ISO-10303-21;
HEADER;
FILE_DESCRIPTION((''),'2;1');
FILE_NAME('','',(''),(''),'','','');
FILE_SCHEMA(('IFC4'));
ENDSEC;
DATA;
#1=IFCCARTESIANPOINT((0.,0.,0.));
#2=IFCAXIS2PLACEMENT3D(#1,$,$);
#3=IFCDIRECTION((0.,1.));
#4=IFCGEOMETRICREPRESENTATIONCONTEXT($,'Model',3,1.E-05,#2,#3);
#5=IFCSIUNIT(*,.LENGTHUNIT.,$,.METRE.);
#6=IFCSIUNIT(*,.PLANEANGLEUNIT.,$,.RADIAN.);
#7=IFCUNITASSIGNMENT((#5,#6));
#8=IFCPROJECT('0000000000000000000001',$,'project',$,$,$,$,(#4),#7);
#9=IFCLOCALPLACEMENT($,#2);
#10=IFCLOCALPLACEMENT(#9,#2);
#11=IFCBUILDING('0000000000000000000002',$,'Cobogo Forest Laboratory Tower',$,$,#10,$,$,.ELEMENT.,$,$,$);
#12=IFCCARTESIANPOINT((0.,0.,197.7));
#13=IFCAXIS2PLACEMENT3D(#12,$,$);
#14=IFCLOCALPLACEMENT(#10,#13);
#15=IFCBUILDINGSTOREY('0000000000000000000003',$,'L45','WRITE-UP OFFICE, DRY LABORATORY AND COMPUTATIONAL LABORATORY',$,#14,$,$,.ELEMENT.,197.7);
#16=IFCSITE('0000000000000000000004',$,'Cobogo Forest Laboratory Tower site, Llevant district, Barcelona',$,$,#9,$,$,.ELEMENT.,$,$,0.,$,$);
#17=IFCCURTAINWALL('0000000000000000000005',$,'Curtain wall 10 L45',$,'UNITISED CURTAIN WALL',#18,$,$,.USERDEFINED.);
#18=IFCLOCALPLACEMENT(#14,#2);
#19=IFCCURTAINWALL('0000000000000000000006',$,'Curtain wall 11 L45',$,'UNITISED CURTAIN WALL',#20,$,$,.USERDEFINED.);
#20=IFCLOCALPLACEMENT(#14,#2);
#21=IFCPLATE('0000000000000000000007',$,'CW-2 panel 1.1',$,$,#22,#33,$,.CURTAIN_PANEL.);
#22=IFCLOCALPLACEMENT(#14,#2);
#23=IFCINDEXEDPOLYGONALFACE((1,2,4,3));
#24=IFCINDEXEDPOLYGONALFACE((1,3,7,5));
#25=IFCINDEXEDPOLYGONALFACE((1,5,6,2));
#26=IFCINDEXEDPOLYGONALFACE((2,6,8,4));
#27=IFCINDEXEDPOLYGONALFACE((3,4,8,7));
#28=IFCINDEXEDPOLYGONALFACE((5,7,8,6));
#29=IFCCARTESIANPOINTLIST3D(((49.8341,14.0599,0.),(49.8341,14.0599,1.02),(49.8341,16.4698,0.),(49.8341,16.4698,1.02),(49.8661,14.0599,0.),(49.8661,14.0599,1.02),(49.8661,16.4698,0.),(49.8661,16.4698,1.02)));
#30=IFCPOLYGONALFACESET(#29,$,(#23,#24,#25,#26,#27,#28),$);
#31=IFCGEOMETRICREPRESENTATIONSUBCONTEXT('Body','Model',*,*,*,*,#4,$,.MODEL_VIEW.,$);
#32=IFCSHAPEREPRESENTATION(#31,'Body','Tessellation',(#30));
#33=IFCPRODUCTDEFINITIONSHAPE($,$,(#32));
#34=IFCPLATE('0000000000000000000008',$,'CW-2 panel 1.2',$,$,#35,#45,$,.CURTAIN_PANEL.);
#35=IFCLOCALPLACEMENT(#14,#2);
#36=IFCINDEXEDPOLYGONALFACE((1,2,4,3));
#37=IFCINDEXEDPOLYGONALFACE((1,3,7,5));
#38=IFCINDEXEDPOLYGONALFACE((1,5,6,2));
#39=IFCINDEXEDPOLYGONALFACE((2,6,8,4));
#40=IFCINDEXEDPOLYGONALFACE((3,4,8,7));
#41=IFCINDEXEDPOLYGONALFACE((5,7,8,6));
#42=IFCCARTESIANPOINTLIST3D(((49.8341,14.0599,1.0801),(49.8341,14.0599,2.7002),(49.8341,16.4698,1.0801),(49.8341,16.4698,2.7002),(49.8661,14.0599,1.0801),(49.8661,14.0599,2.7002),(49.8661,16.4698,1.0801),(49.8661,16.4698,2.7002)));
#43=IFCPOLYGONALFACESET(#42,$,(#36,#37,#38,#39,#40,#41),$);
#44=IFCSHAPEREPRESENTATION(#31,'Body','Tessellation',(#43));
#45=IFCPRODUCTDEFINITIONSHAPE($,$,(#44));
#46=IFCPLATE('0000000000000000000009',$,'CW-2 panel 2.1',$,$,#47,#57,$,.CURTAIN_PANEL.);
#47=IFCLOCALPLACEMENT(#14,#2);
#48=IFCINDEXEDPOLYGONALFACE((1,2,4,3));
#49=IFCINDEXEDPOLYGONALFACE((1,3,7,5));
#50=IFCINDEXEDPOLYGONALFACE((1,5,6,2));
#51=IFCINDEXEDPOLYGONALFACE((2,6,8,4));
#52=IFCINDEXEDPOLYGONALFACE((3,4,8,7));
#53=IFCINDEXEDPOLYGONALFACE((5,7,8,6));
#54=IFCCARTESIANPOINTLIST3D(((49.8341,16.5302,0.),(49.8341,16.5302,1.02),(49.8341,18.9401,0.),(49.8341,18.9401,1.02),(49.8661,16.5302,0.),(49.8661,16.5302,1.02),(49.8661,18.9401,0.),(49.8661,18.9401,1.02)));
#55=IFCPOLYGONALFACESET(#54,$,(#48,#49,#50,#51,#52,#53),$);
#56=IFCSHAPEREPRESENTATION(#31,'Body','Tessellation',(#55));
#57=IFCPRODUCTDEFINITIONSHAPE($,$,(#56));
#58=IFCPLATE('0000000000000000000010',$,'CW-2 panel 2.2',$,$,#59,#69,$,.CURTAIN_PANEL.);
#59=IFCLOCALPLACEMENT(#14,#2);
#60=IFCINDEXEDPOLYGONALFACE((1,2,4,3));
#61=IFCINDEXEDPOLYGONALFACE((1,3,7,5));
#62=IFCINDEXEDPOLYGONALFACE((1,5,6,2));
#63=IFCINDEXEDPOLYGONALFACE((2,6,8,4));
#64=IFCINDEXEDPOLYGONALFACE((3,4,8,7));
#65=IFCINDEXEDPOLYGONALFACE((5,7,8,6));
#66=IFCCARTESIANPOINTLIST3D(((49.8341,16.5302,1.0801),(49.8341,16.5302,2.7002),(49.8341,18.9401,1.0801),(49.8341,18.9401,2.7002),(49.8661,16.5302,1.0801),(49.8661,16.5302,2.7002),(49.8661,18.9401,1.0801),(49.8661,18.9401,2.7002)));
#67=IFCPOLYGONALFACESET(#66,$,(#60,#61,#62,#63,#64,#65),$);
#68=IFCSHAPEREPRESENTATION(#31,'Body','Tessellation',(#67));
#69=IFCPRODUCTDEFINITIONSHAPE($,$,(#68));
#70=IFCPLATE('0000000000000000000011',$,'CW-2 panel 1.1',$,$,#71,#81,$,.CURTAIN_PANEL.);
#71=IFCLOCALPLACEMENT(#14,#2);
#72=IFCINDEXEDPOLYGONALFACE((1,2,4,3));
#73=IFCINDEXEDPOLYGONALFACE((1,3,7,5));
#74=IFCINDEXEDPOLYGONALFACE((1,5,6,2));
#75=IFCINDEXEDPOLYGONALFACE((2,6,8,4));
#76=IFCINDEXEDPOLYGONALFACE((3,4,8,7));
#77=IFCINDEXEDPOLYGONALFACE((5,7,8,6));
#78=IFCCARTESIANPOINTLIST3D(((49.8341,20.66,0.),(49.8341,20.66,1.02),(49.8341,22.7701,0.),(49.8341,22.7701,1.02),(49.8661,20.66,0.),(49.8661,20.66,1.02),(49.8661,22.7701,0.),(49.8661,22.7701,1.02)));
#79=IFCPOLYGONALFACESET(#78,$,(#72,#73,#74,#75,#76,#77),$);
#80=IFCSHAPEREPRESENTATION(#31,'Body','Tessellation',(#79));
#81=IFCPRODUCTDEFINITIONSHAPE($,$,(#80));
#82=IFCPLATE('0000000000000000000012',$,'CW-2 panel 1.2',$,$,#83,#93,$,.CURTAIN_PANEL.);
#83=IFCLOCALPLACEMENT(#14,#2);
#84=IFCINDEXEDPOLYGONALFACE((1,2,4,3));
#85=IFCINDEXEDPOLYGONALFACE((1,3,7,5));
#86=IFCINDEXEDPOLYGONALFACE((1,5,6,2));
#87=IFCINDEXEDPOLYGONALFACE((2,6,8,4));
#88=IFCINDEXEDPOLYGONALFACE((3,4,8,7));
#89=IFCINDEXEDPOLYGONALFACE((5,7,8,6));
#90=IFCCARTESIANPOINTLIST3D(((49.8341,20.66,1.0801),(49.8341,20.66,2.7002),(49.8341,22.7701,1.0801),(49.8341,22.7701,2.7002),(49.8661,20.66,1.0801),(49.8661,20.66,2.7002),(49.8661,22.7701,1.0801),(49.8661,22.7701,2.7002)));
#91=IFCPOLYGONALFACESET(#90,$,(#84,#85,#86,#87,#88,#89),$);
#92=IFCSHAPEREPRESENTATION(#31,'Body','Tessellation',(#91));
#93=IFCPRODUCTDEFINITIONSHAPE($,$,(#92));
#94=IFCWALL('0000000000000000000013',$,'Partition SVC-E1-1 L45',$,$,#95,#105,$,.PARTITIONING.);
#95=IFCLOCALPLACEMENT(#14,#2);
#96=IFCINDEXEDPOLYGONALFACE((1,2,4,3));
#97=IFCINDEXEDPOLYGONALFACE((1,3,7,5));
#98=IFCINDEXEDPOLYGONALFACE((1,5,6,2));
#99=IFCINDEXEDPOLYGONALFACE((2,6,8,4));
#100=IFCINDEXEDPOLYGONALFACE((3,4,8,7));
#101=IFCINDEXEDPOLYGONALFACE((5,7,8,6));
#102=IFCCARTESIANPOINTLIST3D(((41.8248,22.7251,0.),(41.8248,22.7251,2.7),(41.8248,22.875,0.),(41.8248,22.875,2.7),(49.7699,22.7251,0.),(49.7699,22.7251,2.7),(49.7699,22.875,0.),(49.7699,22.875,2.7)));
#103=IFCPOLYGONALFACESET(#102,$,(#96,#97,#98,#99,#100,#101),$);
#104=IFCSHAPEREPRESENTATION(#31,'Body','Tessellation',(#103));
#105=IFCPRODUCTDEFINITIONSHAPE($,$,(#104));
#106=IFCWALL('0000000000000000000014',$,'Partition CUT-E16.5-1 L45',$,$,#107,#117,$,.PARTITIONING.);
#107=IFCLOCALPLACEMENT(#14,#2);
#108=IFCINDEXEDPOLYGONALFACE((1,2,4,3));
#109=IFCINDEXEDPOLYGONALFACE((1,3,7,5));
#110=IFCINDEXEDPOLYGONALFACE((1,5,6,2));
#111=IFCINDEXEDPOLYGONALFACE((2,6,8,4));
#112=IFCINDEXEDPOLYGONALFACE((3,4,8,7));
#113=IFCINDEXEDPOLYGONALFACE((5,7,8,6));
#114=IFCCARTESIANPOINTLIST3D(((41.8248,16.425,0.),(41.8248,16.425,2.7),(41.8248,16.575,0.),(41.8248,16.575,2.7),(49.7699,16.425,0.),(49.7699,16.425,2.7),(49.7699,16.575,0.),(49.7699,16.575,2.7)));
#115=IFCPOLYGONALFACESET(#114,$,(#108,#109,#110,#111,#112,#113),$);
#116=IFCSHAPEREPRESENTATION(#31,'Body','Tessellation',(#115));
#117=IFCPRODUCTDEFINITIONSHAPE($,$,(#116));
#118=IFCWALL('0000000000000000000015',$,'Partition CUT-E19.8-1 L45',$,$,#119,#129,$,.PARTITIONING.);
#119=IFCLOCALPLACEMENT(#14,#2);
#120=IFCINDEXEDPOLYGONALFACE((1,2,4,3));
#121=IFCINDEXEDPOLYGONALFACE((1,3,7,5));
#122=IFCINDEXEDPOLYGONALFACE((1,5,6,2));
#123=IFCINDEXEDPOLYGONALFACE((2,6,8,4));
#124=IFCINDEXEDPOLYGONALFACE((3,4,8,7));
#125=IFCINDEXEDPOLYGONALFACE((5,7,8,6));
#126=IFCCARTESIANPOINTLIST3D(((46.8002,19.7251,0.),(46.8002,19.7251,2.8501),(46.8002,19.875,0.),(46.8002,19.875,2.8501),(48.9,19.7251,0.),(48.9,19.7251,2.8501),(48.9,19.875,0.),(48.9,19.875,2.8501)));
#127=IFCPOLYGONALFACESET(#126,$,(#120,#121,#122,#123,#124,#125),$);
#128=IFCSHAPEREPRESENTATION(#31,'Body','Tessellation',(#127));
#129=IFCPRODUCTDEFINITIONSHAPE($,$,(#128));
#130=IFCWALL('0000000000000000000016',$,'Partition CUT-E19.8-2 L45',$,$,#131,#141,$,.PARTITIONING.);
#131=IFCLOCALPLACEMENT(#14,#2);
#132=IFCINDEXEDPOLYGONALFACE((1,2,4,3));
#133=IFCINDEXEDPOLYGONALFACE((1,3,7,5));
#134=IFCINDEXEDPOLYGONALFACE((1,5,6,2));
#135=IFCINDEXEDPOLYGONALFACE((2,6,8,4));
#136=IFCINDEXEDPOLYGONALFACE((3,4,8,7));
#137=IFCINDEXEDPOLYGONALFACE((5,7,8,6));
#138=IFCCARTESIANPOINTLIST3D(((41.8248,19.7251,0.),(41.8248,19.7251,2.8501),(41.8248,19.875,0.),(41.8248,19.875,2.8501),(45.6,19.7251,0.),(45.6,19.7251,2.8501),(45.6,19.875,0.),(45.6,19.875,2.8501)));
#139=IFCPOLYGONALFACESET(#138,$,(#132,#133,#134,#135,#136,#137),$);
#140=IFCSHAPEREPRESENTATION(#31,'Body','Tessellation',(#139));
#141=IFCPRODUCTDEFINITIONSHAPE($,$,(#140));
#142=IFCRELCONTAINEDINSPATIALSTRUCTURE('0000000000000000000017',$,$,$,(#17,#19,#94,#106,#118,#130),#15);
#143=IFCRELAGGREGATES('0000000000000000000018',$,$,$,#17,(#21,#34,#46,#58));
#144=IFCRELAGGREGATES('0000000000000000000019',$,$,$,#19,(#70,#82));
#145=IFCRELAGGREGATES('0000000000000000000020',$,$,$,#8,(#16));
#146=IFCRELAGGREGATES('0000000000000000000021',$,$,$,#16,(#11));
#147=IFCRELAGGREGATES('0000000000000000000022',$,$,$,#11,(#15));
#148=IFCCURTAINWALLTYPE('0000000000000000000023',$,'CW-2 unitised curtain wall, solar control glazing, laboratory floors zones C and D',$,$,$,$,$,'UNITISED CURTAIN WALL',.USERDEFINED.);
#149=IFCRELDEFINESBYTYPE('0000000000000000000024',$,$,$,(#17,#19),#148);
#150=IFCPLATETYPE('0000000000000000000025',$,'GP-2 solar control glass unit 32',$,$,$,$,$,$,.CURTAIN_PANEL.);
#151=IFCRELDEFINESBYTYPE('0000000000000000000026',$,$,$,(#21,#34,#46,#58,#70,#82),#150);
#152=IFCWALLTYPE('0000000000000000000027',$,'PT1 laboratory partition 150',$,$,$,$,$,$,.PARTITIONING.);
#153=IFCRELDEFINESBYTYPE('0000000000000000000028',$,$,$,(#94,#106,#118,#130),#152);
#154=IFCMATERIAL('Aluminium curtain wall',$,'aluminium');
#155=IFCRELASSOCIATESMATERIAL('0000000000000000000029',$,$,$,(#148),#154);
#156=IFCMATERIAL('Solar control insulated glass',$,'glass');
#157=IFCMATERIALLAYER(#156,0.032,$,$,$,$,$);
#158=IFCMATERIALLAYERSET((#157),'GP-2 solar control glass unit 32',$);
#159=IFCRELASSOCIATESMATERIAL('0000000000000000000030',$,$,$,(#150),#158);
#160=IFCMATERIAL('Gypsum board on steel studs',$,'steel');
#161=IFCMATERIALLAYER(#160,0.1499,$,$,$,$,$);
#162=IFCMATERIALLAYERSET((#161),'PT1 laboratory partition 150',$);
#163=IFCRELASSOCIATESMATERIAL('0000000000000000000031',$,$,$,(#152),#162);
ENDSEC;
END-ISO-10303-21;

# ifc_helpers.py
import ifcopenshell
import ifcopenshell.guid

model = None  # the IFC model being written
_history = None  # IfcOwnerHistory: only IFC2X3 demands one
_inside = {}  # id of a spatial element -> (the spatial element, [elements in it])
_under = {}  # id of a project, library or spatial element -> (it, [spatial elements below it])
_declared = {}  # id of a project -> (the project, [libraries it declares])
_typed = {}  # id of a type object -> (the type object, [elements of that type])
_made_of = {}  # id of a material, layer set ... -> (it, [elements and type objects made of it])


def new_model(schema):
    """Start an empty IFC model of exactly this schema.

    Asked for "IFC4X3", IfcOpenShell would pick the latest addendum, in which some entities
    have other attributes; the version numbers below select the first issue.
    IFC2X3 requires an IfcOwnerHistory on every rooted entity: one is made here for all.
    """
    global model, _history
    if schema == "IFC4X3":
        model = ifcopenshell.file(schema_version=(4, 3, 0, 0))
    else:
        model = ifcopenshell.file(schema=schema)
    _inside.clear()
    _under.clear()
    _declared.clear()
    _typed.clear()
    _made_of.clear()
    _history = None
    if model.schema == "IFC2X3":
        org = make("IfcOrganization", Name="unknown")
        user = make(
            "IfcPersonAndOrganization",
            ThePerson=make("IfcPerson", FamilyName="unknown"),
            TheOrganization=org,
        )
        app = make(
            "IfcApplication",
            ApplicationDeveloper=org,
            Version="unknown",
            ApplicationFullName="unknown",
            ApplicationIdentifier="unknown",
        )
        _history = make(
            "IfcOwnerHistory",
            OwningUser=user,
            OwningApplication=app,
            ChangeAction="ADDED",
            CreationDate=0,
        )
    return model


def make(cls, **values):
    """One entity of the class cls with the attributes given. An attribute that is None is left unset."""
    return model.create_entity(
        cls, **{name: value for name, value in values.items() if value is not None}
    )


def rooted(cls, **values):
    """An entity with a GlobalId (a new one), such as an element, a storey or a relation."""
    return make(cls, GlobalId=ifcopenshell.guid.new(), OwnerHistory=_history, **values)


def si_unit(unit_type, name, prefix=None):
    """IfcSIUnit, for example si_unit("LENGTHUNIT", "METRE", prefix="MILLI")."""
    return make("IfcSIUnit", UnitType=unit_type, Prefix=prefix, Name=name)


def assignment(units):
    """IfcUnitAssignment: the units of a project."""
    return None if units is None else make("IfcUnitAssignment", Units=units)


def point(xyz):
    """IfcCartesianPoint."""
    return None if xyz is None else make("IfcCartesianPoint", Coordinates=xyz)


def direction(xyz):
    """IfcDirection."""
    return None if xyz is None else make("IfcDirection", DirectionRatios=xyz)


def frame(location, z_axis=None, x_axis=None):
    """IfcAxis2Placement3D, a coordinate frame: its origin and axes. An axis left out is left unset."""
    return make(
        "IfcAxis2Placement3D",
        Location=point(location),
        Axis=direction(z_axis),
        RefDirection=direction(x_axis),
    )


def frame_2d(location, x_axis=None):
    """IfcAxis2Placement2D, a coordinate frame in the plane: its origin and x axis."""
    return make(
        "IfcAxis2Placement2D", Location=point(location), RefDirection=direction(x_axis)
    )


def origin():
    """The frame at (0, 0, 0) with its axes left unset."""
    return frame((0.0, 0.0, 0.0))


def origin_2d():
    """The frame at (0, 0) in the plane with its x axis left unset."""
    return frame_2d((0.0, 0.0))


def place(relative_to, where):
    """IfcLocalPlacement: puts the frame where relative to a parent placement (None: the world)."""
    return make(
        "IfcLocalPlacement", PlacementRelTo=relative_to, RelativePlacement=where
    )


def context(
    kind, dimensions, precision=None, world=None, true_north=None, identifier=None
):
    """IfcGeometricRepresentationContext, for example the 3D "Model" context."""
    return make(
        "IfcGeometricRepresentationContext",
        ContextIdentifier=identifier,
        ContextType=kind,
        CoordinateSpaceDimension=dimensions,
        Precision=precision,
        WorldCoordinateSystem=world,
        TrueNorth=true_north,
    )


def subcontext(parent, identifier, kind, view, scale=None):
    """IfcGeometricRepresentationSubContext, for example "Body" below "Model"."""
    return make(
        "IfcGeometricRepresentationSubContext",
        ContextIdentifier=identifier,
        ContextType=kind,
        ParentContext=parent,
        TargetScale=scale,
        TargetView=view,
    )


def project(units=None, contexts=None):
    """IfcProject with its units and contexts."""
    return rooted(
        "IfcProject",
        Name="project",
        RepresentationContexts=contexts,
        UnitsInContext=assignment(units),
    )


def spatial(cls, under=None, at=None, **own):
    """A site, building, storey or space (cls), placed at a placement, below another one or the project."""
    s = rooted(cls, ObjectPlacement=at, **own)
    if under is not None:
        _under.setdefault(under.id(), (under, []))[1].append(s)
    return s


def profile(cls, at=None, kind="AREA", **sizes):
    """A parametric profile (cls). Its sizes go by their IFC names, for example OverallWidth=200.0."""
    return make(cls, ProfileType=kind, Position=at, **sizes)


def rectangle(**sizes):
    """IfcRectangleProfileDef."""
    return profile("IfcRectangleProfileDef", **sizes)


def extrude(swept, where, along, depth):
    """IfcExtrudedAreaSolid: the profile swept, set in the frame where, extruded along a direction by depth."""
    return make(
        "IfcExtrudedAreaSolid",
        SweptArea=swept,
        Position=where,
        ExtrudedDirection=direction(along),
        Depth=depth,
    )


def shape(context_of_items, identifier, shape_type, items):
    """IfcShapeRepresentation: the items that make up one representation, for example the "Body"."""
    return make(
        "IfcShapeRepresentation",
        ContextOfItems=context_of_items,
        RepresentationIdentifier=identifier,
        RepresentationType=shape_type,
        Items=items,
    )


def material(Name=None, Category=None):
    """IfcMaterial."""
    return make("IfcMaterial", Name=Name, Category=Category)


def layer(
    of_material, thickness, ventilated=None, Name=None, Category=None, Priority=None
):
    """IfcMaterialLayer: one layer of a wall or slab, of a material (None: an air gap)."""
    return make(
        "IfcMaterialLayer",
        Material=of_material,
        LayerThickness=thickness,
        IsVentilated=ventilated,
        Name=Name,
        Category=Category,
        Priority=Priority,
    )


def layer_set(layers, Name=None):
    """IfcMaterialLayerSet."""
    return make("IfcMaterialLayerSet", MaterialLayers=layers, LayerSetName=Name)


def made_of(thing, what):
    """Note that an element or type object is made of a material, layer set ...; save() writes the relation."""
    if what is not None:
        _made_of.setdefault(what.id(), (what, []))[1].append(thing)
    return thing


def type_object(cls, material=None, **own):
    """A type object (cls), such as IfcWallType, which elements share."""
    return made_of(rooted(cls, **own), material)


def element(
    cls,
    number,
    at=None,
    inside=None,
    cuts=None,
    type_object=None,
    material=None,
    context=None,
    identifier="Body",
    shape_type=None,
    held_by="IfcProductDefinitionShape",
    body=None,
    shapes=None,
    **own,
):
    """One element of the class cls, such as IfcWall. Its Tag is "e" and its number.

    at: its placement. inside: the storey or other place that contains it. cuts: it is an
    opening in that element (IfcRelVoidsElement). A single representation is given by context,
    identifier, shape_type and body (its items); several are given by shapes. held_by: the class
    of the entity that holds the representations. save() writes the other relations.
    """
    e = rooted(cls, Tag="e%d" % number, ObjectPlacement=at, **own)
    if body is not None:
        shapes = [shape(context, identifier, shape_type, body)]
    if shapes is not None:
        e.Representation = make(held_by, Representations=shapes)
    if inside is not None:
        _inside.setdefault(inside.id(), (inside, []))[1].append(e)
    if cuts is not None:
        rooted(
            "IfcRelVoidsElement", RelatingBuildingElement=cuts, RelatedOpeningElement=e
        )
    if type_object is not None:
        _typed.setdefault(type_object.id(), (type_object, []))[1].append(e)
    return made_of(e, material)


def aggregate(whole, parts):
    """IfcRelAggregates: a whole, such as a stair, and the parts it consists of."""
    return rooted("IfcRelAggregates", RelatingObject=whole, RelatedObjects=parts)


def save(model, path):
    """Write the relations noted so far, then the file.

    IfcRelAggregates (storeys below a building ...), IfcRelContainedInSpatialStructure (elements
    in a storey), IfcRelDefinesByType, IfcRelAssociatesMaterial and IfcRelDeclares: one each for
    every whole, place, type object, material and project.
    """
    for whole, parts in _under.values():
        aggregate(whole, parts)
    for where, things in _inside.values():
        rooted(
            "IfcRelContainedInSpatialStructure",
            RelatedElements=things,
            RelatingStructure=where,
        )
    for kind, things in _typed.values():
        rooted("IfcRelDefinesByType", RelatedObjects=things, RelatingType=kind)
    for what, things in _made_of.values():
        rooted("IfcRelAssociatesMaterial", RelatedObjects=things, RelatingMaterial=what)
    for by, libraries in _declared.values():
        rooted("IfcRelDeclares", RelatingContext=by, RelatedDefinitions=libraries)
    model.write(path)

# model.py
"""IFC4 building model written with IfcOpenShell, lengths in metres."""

from ifc_helpers import new_model, si_unit, direction, frame, frame_2d, origin, origin_2d, place, context, subcontext, project, spatial, rectangle, extrude, material, layer, layer_set, type_object, element, aggregate, save


model = new_model("IFC4")

# Units and contexts
model_context = context("Model", 3, precision=1e-05, world=origin(), true_north=direction((0.0, 1.0)))
body_context = subcontext(model_context, "Body", "Model", "MODEL_VIEW")
ifc_project = project(units=[si_unit("LENGTHUNIT", "METRE"), si_unit("PLANEANGLEUNIT", "RADIAN")], contexts=[model_context])

# Site, building, storey
site_placement = place(None, origin())
site = spatial("IfcSite", under=ifc_project, at=site_placement, Name="Cobogo Forest Laboratory Tower site, Llevant district, Barcelona", CompositionType="ELEMENT", RefElevation=0.0)
building_placement = place(site_placement, origin())
building = spatial("IfcBuilding", under=site, at=building_placement, Name="Cobogo Forest Laboratory Tower", CompositionType="ELEMENT")
storey_placement = place(building_placement, frame((0.0, 0.0, 197.7)))
storey = spatial("IfcBuildingStorey", under=building, at=storey_placement, Name="L45", Description="WRITE-UP OFFICE, DRY LABORATORY AND COMPUTATIONAL LABORATORY", CompositionType="ELEMENT", Elevation=197.7)

# Shared definitions
ifc_material_1 = material(Name="Aluminium curtain wall", Category="aluminium")
curtain_wall_type = type_object("IfcCurtainWallType", Name="CW-2 unitised curtain wall, solar control glazing, laboratory floors zones C and D", ElementType="UNITISED CURTAIN WALL", PredefinedType="USERDEFINED", material=ifc_material_1)

# Curtain wall
curtain_wall_1_placement = place(storey_placement, origin())
curtain_wall_1 = element("IfcCurtainWall", 1, at=curtain_wall_1_placement, inside=storey, type_object=curtain_wall_type, Name="Curtain wall 10 L45", ObjectType="UNITISED CURTAIN WALL", PredefinedType="USERDEFINED")

# Curtain wall
curtain_wall_2_placement = place(storey_placement, origin())
curtain_wall_2 = element("IfcCurtainWall", 2, at=curtain_wall_2_placement, inside=storey, type_object=curtain_wall_type, Name="Curtain wall 11 L45", ObjectType="UNITISED CURTAIN WALL", PredefinedType="USERDEFINED")

# Plates
ifc_material_2 = material(Name="Solar control insulated glass", Category="glass")
ifc_layer_1 = layer(ifc_material_2, 0.032)
ifc_layer_set_1 = layer_set([ifc_layer_1], Name="GP-2 solar control glass unit 32")
plate_type_1 = type_object("IfcPlateType", Name="GP-2 solar control glass unit 32", PredefinedType="CURTAIN_PANEL", material=ifc_layer_set_1)
plate_1_placement = place(storey_placement, frame((49.8501, 15.2649, 0.0), z_axis=(0.0, 0.0, 1.0), x_axis=(0.0, 1.0, 0.0)))
plate_1 = element("IfcPlate", 3, at=plate_1_placement, type_object=plate_type_1, Name="CW-2 panel 1.1", PredefinedType="CURTAIN_PANEL", context=body_context, shape_type="SweptSolid", body=[
    extrude(rectangle(XDim=2.4099, YDim=0.032, at=origin_2d()), origin(), (0.0, 0.0, 1.0), 1.02),
])
plate_2_placement = place(storey_placement, frame((49.8501, 15.2649, 1.0801), z_axis=(0.0, 0.0, 1.0), x_axis=(0.0, 1.0, 0.0)))
plate_2 = element("IfcPlate", 4, at=plate_2_placement, type_object=plate_type_1, Name="CW-2 panel 1.2", PredefinedType="CURTAIN_PANEL", context=body_context, shape_type="SweptSolid", body=[
    extrude(rectangle(XDim=2.4099, YDim=0.032, at=origin_2d()), origin(), (0.0, 0.0, 1.0), 1.6201),
])
plate_3_placement = place(storey_placement, frame((49.8501, 17.7351, 0.0), z_axis=(0.0, 0.0, 1.0), x_axis=(0.0, 1.0, 0.0)))
plate_3 = element("IfcPlate", 5, at=plate_3_placement, type_object=plate_type_1, Name="CW-2 panel 2.1", PredefinedType="CURTAIN_PANEL", context=body_context, shape_type="SweptSolid", body=[
    extrude(rectangle(XDim=2.4099, YDim=0.032, at=origin_2d()), origin(), (0.0, 0.0, 1.0), 1.02),
])
plate_4_placement = place(storey_placement, frame((49.8501, 17.7351, 1.0801), z_axis=(0.0, 0.0, 1.0), x_axis=(0.0, 1.0, 0.0)))
plate_4 = element("IfcPlate", 6, at=plate_4_placement, type_object=plate_type_1, Name="CW-2 panel 2.2", PredefinedType="CURTAIN_PANEL", context=body_context, shape_type="SweptSolid", body=[
    extrude(rectangle(XDim=2.4099, YDim=0.032, at=origin_2d()), origin(), (0.0, 0.0, 1.0), 1.6201),
])
aggregate(curtain_wall_1, [plate_1, plate_2, plate_3, plate_4])
plate_5_placement = place(storey_placement, frame((49.8501, 21.7151, 0.0), z_axis=(0.0, 0.0, 1.0), x_axis=(0.0, 1.0, 0.0)))
plate_5 = element("IfcPlate", 7, at=plate_5_placement, type_object=plate_type_1, Name="CW-2 panel 1.1", PredefinedType="CURTAIN_PANEL", context=body_context, shape_type="SweptSolid", body=[
    extrude(rectangle(XDim=2.1101, YDim=0.032, at=origin_2d()), origin(), (0.0, 0.0, 1.0), 1.02),
])
plate_6_placement = place(storey_placement, frame((49.8501, 21.7151, 1.0801), z_axis=(0.0, 0.0, 1.0), x_axis=(0.0, 1.0, 0.0)))
plate_6 = element("IfcPlate", 8, at=plate_6_placement, type_object=plate_type_1, Name="CW-2 panel 1.2", PredefinedType="CURTAIN_PANEL", context=body_context, shape_type="SweptSolid", body=[
    extrude(rectangle(XDim=2.1101, YDim=0.032, at=origin_2d()), origin(), (0.0, 0.0, 1.0), 1.6201),
])
aggregate(curtain_wall_2, [plate_5, plate_6])

# Walls
ifc_material_3 = material(Name="Gypsum board on steel studs", Category="steel")
ifc_layer_2 = layer(ifc_material_3, 0.1499)
ifc_layer_set_2 = layer_set([ifc_layer_2], Name="PT1 laboratory partition 150")
wall_type = type_object("IfcWallType", Name="PT1 laboratory partition 150", PredefinedType="PARTITIONING", material=ifc_layer_set_2)
for number, where, z_axis, x_axis, name in (
    (9, (49.77, 22.8, 0.0), (0.0, 0.0, 1.0), (-1.0, 0.0, 0.0), "Partition SVC-E1-1 L45"),
    (10, (49.77, 16.5, 0.0), (0.0, 0.0, 1.0), (-1.0, 0.0, 0.0), "Partition CUT-E16.5-1 L45"),
):
    element("IfcWall", number, at=place(storey_placement, frame(where, z_axis=z_axis, x_axis=x_axis)), inside=storey, type_object=wall_type, Name=name, PredefinedType="PARTITIONING", context=body_context, shape_type="SweptSolid", body=[
        extrude(rectangle(XDim=7.9451, YDim=0.1499, at=frame_2d((3.9727, 0.0))), origin(), (0.0, 0.0, 1.0), 2.7),
    ])
wall_1_placement = place(storey_placement, frame((48.8999, 19.8, 0.0), z_axis=(0.0, 0.0, 1.0), x_axis=(-1.0, 0.0, 0.0)))
element("IfcWall", 11, at=wall_1_placement, inside=storey, type_object=wall_type, Name="Partition CUT-E19.8-1 L45", PredefinedType="PARTITIONING", context=body_context, shape_type="SweptSolid", body=[
    extrude(rectangle(XDim=2.0999, YDim=0.1499, at=frame_2d((1.0498, 0.0))), origin(), (0.0, 0.0, 1.0), 2.8501),
])
wall_2_placement = place(storey_placement, frame((45.6001, 19.8, 0.0), z_axis=(0.0, 0.0, 1.0), x_axis=(-1.0, 0.0, 0.0)))
element("IfcWall", 12, at=wall_2_placement, inside=storey, type_object=wall_type, Name="Partition CUT-E19.8-2 L45", PredefinedType="PARTITIONING", context=body_context, shape_type="SweptSolid", body=[
    extrude(rectangle(XDim=3.7751, YDim=0.1499, at=frame_2d((1.8877, 0.0))), origin(), (0.0, 0.0, 1.0), 2.8501),
])

save(model, "model.ifc")
